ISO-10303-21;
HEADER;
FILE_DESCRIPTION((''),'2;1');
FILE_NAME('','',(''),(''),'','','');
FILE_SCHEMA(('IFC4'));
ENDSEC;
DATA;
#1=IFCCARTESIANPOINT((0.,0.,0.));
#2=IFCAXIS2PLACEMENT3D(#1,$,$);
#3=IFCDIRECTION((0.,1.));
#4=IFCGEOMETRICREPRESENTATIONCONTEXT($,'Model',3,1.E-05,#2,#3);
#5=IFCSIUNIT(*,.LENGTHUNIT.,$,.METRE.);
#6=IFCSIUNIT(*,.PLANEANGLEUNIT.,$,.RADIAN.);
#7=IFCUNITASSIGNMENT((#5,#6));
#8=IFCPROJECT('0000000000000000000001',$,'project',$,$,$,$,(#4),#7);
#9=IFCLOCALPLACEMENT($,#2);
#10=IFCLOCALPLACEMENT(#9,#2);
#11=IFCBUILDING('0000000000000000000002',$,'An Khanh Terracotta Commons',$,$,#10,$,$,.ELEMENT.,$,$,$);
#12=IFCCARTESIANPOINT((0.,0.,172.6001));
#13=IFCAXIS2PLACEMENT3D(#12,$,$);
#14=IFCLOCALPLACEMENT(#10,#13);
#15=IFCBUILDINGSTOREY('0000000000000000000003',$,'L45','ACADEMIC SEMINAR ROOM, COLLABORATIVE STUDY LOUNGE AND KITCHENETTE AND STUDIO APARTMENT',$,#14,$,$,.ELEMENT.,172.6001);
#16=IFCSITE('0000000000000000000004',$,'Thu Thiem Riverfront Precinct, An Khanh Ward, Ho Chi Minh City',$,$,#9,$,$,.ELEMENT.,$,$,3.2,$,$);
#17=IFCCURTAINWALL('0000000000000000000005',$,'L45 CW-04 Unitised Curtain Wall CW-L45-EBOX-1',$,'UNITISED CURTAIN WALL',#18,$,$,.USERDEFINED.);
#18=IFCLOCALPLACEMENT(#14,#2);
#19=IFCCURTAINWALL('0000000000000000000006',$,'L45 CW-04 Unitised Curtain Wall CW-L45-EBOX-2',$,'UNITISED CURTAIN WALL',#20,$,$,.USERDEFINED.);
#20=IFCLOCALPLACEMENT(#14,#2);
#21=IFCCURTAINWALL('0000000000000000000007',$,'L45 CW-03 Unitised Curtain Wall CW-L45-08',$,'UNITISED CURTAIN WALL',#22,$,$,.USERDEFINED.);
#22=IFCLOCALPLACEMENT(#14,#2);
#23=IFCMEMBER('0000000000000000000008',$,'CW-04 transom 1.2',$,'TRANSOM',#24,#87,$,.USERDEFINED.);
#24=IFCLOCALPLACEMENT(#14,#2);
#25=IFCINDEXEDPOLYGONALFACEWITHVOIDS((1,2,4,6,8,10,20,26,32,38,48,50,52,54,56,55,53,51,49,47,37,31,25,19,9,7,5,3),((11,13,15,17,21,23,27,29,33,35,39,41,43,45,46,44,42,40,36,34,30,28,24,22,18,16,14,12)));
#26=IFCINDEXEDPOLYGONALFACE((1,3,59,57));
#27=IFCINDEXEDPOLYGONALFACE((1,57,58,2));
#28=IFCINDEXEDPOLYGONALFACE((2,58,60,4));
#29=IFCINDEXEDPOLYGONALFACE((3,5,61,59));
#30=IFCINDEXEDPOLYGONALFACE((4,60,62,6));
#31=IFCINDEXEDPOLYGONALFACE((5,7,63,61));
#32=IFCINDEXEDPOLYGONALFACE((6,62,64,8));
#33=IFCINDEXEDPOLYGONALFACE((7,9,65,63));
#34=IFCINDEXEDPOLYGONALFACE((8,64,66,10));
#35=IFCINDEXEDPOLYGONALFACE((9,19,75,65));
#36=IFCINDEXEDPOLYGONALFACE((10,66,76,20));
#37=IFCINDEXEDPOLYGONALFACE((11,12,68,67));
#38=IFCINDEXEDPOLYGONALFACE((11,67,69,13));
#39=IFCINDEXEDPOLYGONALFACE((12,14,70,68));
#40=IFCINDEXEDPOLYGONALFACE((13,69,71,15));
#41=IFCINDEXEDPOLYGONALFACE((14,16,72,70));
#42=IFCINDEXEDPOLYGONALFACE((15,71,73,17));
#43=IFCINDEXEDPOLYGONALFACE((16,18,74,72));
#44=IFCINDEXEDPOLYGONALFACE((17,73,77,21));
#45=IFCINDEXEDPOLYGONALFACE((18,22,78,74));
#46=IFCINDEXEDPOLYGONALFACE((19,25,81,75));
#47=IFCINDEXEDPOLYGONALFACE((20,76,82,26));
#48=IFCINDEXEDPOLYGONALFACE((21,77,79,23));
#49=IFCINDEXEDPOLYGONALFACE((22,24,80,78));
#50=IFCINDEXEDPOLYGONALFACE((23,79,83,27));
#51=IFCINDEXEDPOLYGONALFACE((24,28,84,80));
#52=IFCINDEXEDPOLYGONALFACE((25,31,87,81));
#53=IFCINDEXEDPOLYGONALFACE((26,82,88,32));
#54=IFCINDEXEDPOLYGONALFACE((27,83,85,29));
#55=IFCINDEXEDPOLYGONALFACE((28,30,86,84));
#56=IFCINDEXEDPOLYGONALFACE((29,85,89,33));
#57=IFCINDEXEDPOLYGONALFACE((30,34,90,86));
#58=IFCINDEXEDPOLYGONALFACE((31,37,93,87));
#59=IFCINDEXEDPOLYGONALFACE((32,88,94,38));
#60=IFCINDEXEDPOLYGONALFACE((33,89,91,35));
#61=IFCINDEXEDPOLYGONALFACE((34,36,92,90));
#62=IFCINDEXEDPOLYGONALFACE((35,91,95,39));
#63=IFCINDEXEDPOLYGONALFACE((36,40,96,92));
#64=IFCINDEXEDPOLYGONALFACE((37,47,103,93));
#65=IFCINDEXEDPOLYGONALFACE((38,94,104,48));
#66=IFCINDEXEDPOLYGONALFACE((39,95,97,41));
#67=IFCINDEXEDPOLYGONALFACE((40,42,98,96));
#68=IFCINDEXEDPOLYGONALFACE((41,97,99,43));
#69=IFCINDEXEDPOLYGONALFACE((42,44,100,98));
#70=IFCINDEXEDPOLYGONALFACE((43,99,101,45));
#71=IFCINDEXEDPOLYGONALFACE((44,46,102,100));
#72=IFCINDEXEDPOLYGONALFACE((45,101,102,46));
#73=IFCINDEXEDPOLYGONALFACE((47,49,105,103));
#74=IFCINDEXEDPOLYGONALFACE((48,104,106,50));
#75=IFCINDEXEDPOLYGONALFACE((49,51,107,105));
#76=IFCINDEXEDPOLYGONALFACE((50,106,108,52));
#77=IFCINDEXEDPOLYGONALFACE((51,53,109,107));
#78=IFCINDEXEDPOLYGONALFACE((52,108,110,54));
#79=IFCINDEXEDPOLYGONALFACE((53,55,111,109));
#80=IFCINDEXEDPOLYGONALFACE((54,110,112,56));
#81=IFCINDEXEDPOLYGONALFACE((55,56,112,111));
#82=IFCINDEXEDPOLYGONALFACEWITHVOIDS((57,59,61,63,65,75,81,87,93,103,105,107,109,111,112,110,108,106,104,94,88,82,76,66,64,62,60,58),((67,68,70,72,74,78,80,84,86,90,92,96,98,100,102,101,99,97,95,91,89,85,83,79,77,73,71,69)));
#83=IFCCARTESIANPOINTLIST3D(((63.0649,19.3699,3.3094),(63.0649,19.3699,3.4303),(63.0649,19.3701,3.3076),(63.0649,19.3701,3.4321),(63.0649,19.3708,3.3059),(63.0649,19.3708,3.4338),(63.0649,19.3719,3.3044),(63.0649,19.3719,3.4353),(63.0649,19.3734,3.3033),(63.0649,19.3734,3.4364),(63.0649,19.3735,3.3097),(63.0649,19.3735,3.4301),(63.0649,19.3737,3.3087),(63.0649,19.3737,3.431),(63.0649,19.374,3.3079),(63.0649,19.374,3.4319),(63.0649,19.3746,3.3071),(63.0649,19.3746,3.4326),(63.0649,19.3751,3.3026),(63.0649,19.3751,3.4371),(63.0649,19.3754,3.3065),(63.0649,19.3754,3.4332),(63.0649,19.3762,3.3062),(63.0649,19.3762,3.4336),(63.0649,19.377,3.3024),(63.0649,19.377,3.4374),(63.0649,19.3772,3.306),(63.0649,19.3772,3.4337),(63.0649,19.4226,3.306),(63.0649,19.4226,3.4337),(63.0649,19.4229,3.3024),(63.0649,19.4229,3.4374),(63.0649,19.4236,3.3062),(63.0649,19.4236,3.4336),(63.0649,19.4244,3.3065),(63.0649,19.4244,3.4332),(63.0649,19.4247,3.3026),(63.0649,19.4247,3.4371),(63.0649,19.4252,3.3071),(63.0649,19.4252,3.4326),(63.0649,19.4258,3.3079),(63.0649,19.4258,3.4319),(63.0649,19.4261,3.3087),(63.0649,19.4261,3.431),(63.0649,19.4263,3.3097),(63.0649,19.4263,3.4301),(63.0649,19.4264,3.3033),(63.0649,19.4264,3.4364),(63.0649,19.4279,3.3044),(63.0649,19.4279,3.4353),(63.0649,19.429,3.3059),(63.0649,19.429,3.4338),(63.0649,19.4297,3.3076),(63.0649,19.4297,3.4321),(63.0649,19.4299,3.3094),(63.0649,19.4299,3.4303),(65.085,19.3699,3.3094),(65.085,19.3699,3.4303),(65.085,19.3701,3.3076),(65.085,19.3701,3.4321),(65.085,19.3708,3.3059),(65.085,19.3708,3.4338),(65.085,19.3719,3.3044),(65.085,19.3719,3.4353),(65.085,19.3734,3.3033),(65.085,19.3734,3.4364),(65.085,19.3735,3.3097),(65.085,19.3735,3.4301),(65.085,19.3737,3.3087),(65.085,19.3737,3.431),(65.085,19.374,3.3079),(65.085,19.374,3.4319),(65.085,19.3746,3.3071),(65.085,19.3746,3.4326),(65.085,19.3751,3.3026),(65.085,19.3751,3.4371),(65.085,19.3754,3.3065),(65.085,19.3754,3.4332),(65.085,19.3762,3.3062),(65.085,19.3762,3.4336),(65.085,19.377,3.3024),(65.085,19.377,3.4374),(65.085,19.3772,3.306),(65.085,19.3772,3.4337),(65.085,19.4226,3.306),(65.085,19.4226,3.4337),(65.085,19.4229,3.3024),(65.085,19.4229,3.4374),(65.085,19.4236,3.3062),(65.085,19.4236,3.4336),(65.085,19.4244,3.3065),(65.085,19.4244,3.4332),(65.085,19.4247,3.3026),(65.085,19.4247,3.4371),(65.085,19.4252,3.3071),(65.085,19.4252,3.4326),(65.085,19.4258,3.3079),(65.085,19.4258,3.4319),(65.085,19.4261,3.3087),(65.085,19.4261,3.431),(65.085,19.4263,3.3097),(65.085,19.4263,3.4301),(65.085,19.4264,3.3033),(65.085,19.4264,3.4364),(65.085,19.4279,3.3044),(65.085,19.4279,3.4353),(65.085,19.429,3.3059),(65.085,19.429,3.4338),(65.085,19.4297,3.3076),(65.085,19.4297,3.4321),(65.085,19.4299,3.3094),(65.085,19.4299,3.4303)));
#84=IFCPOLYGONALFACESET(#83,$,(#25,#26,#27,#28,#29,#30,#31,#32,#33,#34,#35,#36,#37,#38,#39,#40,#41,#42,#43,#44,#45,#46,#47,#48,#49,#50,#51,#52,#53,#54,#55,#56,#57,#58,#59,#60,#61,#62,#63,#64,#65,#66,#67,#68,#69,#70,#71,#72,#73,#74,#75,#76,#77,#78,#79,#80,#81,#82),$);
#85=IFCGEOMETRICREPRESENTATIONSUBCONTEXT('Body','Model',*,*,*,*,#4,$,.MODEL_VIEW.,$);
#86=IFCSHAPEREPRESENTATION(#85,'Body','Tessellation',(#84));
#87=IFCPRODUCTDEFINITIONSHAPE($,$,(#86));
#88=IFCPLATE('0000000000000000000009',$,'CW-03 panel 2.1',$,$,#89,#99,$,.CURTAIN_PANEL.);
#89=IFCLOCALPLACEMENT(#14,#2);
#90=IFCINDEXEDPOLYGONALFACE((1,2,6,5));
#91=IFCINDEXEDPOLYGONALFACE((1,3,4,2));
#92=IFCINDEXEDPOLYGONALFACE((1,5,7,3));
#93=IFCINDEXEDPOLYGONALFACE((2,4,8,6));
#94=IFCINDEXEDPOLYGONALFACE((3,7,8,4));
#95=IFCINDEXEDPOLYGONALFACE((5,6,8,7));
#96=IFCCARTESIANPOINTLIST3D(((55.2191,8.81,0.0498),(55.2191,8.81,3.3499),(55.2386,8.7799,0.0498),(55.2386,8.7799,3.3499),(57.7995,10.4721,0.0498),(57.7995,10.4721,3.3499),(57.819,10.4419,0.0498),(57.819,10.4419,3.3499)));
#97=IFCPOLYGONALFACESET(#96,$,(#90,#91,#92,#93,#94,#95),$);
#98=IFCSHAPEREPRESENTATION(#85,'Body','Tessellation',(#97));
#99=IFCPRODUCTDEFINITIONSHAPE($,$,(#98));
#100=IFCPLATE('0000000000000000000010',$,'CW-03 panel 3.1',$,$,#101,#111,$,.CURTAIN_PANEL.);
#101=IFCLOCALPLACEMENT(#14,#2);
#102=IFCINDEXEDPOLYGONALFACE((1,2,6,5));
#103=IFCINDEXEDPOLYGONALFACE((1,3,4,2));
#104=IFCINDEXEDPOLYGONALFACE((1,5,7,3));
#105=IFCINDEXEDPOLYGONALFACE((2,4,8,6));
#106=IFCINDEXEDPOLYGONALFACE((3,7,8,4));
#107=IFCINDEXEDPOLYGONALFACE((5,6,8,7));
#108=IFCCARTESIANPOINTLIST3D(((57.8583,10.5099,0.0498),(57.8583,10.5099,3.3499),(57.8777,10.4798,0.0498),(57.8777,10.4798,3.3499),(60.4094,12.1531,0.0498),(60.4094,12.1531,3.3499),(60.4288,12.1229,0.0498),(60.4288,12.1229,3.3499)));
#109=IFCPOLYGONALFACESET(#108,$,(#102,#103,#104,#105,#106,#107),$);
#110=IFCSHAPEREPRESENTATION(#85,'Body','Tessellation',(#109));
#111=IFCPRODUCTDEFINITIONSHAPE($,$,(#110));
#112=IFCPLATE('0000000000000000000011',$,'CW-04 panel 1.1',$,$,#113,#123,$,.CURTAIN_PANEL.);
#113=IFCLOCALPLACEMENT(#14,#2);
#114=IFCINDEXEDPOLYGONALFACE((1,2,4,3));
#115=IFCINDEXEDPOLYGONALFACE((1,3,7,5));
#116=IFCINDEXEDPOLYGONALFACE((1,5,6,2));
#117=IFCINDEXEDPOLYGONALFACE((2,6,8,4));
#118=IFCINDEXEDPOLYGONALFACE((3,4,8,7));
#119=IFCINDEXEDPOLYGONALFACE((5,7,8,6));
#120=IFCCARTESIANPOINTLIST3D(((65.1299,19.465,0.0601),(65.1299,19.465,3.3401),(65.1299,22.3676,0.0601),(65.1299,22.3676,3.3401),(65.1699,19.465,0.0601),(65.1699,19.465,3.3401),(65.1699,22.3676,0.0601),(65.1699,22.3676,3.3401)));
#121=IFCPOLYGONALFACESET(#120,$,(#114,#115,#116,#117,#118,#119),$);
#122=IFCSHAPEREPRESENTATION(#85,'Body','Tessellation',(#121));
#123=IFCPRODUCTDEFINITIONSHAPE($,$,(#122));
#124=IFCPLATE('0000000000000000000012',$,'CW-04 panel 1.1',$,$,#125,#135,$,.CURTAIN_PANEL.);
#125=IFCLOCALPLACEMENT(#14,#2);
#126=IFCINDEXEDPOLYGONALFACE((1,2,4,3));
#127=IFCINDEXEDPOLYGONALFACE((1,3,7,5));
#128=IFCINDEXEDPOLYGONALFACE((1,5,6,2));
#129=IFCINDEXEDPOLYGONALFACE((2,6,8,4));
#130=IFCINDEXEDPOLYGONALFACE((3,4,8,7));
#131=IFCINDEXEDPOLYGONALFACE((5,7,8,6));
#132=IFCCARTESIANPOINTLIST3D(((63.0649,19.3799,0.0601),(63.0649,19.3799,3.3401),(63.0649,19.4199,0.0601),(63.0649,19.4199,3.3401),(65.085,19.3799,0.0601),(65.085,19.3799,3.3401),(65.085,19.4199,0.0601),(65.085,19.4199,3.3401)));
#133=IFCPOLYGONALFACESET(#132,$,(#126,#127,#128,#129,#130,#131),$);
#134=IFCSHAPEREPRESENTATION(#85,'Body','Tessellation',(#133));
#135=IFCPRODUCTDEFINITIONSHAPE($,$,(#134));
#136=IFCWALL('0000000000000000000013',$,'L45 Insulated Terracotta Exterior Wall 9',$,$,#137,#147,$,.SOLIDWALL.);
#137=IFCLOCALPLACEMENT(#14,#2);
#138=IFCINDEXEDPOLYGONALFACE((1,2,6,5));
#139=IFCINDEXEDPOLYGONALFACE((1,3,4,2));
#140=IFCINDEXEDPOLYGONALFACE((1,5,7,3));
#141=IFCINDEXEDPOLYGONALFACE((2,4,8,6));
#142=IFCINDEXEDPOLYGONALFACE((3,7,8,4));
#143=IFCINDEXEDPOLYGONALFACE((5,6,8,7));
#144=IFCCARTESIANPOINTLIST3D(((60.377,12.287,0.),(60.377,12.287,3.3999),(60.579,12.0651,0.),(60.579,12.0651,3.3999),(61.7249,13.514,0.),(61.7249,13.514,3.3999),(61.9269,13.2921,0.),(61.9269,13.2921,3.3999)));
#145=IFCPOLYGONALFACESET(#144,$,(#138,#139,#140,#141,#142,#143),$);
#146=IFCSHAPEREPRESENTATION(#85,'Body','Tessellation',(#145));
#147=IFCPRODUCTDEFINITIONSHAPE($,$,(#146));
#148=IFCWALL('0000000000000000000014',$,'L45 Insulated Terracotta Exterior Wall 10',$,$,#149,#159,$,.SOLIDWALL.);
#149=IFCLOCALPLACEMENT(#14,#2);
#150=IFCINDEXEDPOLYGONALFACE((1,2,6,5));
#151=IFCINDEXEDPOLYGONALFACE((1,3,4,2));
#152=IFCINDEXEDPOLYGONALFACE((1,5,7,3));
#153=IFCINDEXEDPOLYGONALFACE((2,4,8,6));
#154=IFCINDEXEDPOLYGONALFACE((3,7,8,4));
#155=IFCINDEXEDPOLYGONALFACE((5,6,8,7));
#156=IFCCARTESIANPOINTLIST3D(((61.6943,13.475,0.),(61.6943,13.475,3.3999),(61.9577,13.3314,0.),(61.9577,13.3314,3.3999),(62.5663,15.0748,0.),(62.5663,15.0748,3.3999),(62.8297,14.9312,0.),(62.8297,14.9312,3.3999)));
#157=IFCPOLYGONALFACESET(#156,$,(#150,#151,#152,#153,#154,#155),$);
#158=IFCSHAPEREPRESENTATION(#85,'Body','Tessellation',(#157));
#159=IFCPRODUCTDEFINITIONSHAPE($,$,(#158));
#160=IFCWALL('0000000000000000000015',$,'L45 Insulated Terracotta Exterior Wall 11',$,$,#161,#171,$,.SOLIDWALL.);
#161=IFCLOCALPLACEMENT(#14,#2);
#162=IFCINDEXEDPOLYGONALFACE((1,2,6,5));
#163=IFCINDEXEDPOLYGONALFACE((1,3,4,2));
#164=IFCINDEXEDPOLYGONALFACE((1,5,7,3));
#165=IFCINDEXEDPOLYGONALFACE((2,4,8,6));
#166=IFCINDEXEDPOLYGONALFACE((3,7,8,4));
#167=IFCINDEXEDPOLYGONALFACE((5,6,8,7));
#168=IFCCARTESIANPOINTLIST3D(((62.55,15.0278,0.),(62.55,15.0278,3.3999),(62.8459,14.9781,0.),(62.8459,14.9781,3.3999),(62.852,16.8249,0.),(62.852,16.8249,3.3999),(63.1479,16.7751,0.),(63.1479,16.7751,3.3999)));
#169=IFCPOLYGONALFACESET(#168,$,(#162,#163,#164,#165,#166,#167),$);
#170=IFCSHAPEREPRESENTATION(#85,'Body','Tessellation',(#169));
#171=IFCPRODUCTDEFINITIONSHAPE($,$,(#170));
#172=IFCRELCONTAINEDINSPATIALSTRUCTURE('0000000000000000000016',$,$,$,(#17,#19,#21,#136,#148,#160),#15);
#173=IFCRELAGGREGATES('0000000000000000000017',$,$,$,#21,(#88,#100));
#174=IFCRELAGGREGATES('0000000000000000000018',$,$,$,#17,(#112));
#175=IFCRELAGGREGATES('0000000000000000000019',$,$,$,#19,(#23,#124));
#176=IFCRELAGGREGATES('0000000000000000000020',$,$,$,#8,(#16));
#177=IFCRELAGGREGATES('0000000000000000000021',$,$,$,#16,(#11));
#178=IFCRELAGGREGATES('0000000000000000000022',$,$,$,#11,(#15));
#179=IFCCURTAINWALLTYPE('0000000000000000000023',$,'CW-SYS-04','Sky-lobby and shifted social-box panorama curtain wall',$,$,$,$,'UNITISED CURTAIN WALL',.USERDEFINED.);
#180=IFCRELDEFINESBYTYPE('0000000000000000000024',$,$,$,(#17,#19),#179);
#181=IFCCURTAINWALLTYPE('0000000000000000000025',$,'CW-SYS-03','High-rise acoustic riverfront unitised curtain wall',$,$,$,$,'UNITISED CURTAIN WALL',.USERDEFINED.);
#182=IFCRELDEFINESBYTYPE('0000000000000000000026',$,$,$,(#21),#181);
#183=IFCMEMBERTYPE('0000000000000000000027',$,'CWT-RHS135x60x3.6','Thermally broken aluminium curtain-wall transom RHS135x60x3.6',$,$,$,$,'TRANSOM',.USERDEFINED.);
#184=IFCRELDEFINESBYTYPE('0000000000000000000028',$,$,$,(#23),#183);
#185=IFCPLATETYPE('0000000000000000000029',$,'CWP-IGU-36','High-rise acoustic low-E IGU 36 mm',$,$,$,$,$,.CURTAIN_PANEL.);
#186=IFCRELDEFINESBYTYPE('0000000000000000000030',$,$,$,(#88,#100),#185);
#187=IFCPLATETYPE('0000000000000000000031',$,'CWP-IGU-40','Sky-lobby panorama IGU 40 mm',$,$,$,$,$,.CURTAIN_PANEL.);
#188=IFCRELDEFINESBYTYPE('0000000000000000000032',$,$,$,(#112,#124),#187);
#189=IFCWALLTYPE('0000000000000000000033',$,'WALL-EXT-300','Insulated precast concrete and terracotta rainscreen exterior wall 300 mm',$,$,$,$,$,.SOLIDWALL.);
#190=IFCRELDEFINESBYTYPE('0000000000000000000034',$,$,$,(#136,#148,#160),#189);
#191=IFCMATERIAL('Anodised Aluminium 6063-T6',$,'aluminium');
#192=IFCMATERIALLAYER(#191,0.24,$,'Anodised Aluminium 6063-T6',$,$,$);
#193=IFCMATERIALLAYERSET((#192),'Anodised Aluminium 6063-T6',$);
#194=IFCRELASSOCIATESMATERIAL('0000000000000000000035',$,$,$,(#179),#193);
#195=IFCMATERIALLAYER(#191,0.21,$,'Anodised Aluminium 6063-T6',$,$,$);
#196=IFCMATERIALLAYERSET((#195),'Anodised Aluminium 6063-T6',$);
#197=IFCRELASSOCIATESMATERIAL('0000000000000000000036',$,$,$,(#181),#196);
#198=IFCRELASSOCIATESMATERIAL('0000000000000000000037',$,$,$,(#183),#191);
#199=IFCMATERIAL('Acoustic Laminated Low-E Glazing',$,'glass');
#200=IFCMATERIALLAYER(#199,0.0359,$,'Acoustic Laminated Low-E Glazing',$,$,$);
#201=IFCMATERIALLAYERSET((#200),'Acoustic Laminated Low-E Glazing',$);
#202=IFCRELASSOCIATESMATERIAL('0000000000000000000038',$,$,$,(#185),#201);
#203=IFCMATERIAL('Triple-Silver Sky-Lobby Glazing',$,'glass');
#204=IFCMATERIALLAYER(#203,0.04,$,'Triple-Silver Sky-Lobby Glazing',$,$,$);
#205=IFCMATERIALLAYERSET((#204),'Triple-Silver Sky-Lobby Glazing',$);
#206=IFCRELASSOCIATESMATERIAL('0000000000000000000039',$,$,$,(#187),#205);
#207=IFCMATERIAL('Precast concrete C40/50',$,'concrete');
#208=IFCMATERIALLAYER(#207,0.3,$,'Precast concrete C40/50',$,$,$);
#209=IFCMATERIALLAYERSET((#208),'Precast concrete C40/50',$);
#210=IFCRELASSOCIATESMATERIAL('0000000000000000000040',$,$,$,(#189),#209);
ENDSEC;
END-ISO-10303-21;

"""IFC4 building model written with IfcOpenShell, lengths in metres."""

from ifc_helpers import new_model, si_unit, direction, frame, frame_2d, origin, origin_2d, place, context, subcontext, project, spatial, rectangle, hollow_rectangle, extrude, material, layer, layer_set, material_profile, profile_set, type_object, element, aggregate, save


model = new_model("IFC4")

# Units and contexts
model_context = context("Model", 3, precision=1e-05, world=origin(), true_north=direction((0.0, 1.0)))
body_context = subcontext(model_context, "Body", "Model", "MODEL_VIEW")
ifc_project = project(units=[si_unit("LENGTHUNIT", "METRE"), si_unit("PLANEANGLEUNIT", "RADIAN")], contexts=[model_context])

# Site, building, storey
site_placement = place(None, origin())
site = spatial("IfcSite", under=ifc_project, at=site_placement, Name="Thu Thiem Riverfront Precinct, An Khanh Ward, Ho Chi Minh City", CompositionType="ELEMENT", RefElevation=3.2)
building_placement = place(site_placement, origin())
building = spatial("IfcBuilding", under=site, at=building_placement, Name="An Khanh Terracotta Commons", CompositionType="ELEMENT")
storey_placement = place(building_placement, frame((0.0, 0.0, 172.6001)))
storey = spatial("IfcBuildingStorey", under=building, at=storey_placement, Name="L45", Description="ACADEMIC SEMINAR ROOM, COLLABORATIVE STUDY LOUNGE AND KITCHENETTE AND STUDIO APARTMENT", CompositionType="ELEMENT", Elevation=172.6001)

# Curtain walls
ifc_material_1 = material(Name="Anodised Aluminium 6063-T6", Category="aluminium")
ifc_layer_1 = layer(ifc_material_1, 0.24, Name="Anodised Aluminium 6063-T6")
ifc_layer_set_1 = layer_set([ifc_layer_1], Name="Anodised Aluminium 6063-T6")
curtain_wall_type_1 = type_object("IfcCurtainWallType", Name="CW-SYS-04", Description="Sky-lobby and shifted social-box panorama curtain wall", ElementType="UNITISED CURTAIN WALL", PredefinedType="USERDEFINED", material=ifc_layer_set_1)
curtain_wall_1_placement = place(storey_placement, origin())
curtain_wall_1 = element("IfcCurtainWall", 1, at=curtain_wall_1_placement, inside=storey, type_object=curtain_wall_type_1, Name="L45 CW-04 Unitised Curtain Wall CW-L45-EBOX-1", ObjectType="UNITISED CURTAIN WALL", PredefinedType="USERDEFINED")
curtain_wall_2_placement = place(storey_placement, origin())
curtain_wall_2 = element("IfcCurtainWall", 2, at=curtain_wall_2_placement, inside=storey, type_object=curtain_wall_type_1, Name="L45 CW-04 Unitised Curtain Wall CW-L45-EBOX-2", ObjectType="UNITISED CURTAIN WALL", PredefinedType="USERDEFINED")
ifc_layer_2 = layer(ifc_material_1, 0.21, Name="Anodised Aluminium 6063-T6")
ifc_layer_set_2 = layer_set([ifc_layer_2], Name="Anodised Aluminium 6063-T6")
curtain_wall_type_2 = type_object("IfcCurtainWallType", Name="CW-SYS-03", Description="High-rise acoustic riverfront unitised curtain wall", ElementType="UNITISED CURTAIN WALL", PredefinedType="USERDEFINED", material=ifc_layer_set_2)
curtain_wall_3_placement = place(storey_placement, origin())
curtain_wall_3 = element("IfcCurtainWall", 3, at=curtain_wall_3_placement, inside=storey, type_object=curtain_wall_type_2, Name="L45 CW-03 Unitised Curtain Wall CW-L45-08", ObjectType="UNITISED CURTAIN WALL", PredefinedType="USERDEFINED")

# Member
ifc_material_profile_1 = material_profile(ifc_material_1, hollow_rectangle(XDim=0.0601, YDim=0.135, WallThickness=0.0037, InnerFilletRadius=0.0037, OuterFilletRadius=0.0071, at=origin_2d()), Name="RHS135x60x3.6")
ifc_profile_set_1 = profile_set([ifc_material_profile_1], Name="Anodised Aluminium 6063-T6")
member_type_1 = type_object("IfcMemberType", Name="CWT-RHS135x60x3.6", Description="Thermally broken aluminium curtain-wall transom RHS135x60x3.6", ElementType="TRANSOM", PredefinedType="USERDEFINED", material=ifc_profile_set_1)
member_1_placement = place(storey_placement, frame((63.0649, 19.3999, 3.3699), z_axis=(1.0, 0.0, 0.0), x_axis=(0.0, 1.0, 0.0)))
member_1 = element("IfcMember", 4, at=member_1_placement, type_object=member_type_1, Name="CW-04 transom 1.2", ObjectType="TRANSOM", PredefinedType="USERDEFINED", context=body_context, shape_type="SweptSolid", body=[
    extrude(hollow_rectangle(XDim=0.0601, YDim=0.135, WallThickness=0.0037, InnerFilletRadius=0.0037, OuterFilletRadius=0.0071, at=origin_2d()), origin(), (0.0, 0.0, 1.0), 2.02),
])

# Plates
ifc_material_2 = material(Name="Acoustic Laminated Low-E Glazing", Category="glass")
ifc_layer_3 = layer(ifc_material_2, 0.0359, Name="Acoustic Laminated Low-E Glazing")
ifc_layer_set_3 = layer_set([ifc_layer_3], Name="Acoustic Laminated Low-E Glazing")
plate_type_1 = type_object("IfcPlateType", Name="CWP-IGU-36", Description="High-rise acoustic low-E IGU 36 mm", PredefinedType="CURTAIN_PANEL", material=ifc_layer_set_3)
plate_1_placement = place(storey_placement, frame((56.519, 9.626, 0.0498), z_axis=(0.0, 0.0, 1.0), x_axis=(0.840702, 0.541498, 0.0)))
plate_1 = element("IfcPlate", 5, at=plate_1_placement, type_object=plate_type_1, Name="CW-03 panel 2.1", PredefinedType="CURTAIN_PANEL", context=body_context, shape_type="SweptSolid", body=[
    extrude(rectangle(XDim=3.0693, YDim=0.0359, at=origin_2d()), origin(), (0.0, 0.0, 1.0), 3.3),
])
plate_2_placement = place(storey_placement, frame((59.1436, 11.3164, 0.0498), z_axis=(0.0, 0.0, 1.0), x_axis=(0.840702, 0.541498, 0.0)))
plate_2 = element("IfcPlate", 6, at=plate_2_placement, type_object=plate_type_1, Name="CW-03 panel 3.1", PredefinedType="CURTAIN_PANEL", context=body_context, shape_type="SweptSolid", body=[
    extrude(rectangle(XDim=3.0344, YDim=0.0359, at=origin_2d()), origin(), (0.0, 0.0, 1.0), 3.3),
])
aggregate(curtain_wall_3, [plate_1, plate_2])
ifc_material_3 = material(Name="Triple-Silver Sky-Lobby Glazing", Category="glass")
ifc_layer_4 = layer(ifc_material_3, 0.04, Name="Triple-Silver Sky-Lobby Glazing")
ifc_layer_set_4 = layer_set([ifc_layer_4], Name="Triple-Silver Sky-Lobby Glazing")
plate_type_2 = type_object("IfcPlateType", Name="CWP-IGU-40", Description="Sky-lobby panorama IGU 40 mm", PredefinedType="CURTAIN_PANEL", material=ifc_layer_set_4)
plate_3_placement = place(storey_placement, frame((65.1499, 20.9163, 0.0601), z_axis=(0.0, 0.0, 1.0), x_axis=(0.0, 1.0, 0.0)))
plate_3 = element("IfcPlate", 7, at=plate_3_placement, type_object=plate_type_2, Name="CW-04 panel 1.1", PredefinedType="CURTAIN_PANEL", context=body_context, shape_type="SweptSolid", body=[
    extrude(rectangle(XDim=2.9026, YDim=0.04, at=origin_2d()), origin(), (0.0, 0.0, 1.0), 3.28),
])
aggregate(curtain_wall_1, [plate_3])
plate_4_placement = place(storey_placement, frame((64.075, 19.3999, 0.0601), z_axis=(0.0, 0.0, 1.0), x_axis=(1.0, 0.0, 0.0)))
plate_4 = element("IfcPlate", 8, at=plate_4_placement, type_object=plate_type_2, Name="CW-04 panel 1.1", PredefinedType="CURTAIN_PANEL", context=body_context, shape_type="SweptSolid", body=[
    extrude(rectangle(XDim=2.02, YDim=0.04, at=origin_2d()), origin(), (0.0, 0.0, 1.0), 3.28),
])
aggregate(curtain_wall_2, [member_1, plate_4])

# Walls
ifc_material_4 = material(Name="Precast concrete C40/50", Category="concrete")
ifc_layer_5 = layer(ifc_material_4, 0.3, Name="Precast concrete C40/50")
ifc_layer_set_5 = layer_set([ifc_layer_5], Name="Precast concrete C40/50")
wall_type = type_object("IfcWallType", Name="WALL-EXT-300", Description="Insulated precast concrete and terracotta rainscreen exterior wall 300 mm", PredefinedType="SOLIDWALL", material=ifc_layer_set_5)
wall_1_placement = place(storey_placement, frame((60.478, 12.176, 0.0), z_axis=(0.0, 0.0, 1.0), x_axis=(0.739479, 0.673179, 0.0)))
element("IfcWall", 9, at=wall_1_placement, inside=storey, type_object=wall_type, Name="L45 Insulated Terracotta Exterior Wall 9", PredefinedType="SOLIDWALL", context=body_context, shape_type="SweptSolid", body=[
    extrude(rectangle(XDim=1.8228, YDim=0.3, at=frame_2d((0.9114, 0.0))), origin(), (0.0, 0.0, 1.0), 3.3999),
])
wall_2_placement = place(storey_placement, frame((61.8259, 13.4031, 0.0), z_axis=(0.0, 0.0, 1.0), x_axis=(0.478608, 0.878029, 0.0)))
element("IfcWall", 10, at=wall_2_placement, inside=storey, type_object=wall_type, Name="L45 Insulated Terracotta Exterior Wall 10", PredefinedType="SOLIDWALL", context=body_context, shape_type="SweptSolid", body=[
    extrude(rectangle(XDim=1.822, YDim=0.3, at=frame_2d((0.9111, 0.0))), origin(), (0.0, 0.0, 1.0), 3.3999),
])
wall_3_placement = place(storey_placement, frame((62.698, 15.0029, 0.0), z_axis=(0.0, 0.0, 1.0), x_axis=(0.165724, 0.986172, 0.0)))
element("IfcWall", 11, at=wall_3_placement, inside=storey, type_object=wall_type, Name="L45 Insulated Terracotta Exterior Wall 11", PredefinedType="SOLIDWALL", context=body_context, shape_type="SweptSolid", body=[
    extrude(rectangle(XDim=1.8223, YDim=0.3, at=frame_2d((0.9111, 0.0))), origin(), (0.0, 0.0, 1.0), 3.3999),
])

save(model, "model.ifc")
